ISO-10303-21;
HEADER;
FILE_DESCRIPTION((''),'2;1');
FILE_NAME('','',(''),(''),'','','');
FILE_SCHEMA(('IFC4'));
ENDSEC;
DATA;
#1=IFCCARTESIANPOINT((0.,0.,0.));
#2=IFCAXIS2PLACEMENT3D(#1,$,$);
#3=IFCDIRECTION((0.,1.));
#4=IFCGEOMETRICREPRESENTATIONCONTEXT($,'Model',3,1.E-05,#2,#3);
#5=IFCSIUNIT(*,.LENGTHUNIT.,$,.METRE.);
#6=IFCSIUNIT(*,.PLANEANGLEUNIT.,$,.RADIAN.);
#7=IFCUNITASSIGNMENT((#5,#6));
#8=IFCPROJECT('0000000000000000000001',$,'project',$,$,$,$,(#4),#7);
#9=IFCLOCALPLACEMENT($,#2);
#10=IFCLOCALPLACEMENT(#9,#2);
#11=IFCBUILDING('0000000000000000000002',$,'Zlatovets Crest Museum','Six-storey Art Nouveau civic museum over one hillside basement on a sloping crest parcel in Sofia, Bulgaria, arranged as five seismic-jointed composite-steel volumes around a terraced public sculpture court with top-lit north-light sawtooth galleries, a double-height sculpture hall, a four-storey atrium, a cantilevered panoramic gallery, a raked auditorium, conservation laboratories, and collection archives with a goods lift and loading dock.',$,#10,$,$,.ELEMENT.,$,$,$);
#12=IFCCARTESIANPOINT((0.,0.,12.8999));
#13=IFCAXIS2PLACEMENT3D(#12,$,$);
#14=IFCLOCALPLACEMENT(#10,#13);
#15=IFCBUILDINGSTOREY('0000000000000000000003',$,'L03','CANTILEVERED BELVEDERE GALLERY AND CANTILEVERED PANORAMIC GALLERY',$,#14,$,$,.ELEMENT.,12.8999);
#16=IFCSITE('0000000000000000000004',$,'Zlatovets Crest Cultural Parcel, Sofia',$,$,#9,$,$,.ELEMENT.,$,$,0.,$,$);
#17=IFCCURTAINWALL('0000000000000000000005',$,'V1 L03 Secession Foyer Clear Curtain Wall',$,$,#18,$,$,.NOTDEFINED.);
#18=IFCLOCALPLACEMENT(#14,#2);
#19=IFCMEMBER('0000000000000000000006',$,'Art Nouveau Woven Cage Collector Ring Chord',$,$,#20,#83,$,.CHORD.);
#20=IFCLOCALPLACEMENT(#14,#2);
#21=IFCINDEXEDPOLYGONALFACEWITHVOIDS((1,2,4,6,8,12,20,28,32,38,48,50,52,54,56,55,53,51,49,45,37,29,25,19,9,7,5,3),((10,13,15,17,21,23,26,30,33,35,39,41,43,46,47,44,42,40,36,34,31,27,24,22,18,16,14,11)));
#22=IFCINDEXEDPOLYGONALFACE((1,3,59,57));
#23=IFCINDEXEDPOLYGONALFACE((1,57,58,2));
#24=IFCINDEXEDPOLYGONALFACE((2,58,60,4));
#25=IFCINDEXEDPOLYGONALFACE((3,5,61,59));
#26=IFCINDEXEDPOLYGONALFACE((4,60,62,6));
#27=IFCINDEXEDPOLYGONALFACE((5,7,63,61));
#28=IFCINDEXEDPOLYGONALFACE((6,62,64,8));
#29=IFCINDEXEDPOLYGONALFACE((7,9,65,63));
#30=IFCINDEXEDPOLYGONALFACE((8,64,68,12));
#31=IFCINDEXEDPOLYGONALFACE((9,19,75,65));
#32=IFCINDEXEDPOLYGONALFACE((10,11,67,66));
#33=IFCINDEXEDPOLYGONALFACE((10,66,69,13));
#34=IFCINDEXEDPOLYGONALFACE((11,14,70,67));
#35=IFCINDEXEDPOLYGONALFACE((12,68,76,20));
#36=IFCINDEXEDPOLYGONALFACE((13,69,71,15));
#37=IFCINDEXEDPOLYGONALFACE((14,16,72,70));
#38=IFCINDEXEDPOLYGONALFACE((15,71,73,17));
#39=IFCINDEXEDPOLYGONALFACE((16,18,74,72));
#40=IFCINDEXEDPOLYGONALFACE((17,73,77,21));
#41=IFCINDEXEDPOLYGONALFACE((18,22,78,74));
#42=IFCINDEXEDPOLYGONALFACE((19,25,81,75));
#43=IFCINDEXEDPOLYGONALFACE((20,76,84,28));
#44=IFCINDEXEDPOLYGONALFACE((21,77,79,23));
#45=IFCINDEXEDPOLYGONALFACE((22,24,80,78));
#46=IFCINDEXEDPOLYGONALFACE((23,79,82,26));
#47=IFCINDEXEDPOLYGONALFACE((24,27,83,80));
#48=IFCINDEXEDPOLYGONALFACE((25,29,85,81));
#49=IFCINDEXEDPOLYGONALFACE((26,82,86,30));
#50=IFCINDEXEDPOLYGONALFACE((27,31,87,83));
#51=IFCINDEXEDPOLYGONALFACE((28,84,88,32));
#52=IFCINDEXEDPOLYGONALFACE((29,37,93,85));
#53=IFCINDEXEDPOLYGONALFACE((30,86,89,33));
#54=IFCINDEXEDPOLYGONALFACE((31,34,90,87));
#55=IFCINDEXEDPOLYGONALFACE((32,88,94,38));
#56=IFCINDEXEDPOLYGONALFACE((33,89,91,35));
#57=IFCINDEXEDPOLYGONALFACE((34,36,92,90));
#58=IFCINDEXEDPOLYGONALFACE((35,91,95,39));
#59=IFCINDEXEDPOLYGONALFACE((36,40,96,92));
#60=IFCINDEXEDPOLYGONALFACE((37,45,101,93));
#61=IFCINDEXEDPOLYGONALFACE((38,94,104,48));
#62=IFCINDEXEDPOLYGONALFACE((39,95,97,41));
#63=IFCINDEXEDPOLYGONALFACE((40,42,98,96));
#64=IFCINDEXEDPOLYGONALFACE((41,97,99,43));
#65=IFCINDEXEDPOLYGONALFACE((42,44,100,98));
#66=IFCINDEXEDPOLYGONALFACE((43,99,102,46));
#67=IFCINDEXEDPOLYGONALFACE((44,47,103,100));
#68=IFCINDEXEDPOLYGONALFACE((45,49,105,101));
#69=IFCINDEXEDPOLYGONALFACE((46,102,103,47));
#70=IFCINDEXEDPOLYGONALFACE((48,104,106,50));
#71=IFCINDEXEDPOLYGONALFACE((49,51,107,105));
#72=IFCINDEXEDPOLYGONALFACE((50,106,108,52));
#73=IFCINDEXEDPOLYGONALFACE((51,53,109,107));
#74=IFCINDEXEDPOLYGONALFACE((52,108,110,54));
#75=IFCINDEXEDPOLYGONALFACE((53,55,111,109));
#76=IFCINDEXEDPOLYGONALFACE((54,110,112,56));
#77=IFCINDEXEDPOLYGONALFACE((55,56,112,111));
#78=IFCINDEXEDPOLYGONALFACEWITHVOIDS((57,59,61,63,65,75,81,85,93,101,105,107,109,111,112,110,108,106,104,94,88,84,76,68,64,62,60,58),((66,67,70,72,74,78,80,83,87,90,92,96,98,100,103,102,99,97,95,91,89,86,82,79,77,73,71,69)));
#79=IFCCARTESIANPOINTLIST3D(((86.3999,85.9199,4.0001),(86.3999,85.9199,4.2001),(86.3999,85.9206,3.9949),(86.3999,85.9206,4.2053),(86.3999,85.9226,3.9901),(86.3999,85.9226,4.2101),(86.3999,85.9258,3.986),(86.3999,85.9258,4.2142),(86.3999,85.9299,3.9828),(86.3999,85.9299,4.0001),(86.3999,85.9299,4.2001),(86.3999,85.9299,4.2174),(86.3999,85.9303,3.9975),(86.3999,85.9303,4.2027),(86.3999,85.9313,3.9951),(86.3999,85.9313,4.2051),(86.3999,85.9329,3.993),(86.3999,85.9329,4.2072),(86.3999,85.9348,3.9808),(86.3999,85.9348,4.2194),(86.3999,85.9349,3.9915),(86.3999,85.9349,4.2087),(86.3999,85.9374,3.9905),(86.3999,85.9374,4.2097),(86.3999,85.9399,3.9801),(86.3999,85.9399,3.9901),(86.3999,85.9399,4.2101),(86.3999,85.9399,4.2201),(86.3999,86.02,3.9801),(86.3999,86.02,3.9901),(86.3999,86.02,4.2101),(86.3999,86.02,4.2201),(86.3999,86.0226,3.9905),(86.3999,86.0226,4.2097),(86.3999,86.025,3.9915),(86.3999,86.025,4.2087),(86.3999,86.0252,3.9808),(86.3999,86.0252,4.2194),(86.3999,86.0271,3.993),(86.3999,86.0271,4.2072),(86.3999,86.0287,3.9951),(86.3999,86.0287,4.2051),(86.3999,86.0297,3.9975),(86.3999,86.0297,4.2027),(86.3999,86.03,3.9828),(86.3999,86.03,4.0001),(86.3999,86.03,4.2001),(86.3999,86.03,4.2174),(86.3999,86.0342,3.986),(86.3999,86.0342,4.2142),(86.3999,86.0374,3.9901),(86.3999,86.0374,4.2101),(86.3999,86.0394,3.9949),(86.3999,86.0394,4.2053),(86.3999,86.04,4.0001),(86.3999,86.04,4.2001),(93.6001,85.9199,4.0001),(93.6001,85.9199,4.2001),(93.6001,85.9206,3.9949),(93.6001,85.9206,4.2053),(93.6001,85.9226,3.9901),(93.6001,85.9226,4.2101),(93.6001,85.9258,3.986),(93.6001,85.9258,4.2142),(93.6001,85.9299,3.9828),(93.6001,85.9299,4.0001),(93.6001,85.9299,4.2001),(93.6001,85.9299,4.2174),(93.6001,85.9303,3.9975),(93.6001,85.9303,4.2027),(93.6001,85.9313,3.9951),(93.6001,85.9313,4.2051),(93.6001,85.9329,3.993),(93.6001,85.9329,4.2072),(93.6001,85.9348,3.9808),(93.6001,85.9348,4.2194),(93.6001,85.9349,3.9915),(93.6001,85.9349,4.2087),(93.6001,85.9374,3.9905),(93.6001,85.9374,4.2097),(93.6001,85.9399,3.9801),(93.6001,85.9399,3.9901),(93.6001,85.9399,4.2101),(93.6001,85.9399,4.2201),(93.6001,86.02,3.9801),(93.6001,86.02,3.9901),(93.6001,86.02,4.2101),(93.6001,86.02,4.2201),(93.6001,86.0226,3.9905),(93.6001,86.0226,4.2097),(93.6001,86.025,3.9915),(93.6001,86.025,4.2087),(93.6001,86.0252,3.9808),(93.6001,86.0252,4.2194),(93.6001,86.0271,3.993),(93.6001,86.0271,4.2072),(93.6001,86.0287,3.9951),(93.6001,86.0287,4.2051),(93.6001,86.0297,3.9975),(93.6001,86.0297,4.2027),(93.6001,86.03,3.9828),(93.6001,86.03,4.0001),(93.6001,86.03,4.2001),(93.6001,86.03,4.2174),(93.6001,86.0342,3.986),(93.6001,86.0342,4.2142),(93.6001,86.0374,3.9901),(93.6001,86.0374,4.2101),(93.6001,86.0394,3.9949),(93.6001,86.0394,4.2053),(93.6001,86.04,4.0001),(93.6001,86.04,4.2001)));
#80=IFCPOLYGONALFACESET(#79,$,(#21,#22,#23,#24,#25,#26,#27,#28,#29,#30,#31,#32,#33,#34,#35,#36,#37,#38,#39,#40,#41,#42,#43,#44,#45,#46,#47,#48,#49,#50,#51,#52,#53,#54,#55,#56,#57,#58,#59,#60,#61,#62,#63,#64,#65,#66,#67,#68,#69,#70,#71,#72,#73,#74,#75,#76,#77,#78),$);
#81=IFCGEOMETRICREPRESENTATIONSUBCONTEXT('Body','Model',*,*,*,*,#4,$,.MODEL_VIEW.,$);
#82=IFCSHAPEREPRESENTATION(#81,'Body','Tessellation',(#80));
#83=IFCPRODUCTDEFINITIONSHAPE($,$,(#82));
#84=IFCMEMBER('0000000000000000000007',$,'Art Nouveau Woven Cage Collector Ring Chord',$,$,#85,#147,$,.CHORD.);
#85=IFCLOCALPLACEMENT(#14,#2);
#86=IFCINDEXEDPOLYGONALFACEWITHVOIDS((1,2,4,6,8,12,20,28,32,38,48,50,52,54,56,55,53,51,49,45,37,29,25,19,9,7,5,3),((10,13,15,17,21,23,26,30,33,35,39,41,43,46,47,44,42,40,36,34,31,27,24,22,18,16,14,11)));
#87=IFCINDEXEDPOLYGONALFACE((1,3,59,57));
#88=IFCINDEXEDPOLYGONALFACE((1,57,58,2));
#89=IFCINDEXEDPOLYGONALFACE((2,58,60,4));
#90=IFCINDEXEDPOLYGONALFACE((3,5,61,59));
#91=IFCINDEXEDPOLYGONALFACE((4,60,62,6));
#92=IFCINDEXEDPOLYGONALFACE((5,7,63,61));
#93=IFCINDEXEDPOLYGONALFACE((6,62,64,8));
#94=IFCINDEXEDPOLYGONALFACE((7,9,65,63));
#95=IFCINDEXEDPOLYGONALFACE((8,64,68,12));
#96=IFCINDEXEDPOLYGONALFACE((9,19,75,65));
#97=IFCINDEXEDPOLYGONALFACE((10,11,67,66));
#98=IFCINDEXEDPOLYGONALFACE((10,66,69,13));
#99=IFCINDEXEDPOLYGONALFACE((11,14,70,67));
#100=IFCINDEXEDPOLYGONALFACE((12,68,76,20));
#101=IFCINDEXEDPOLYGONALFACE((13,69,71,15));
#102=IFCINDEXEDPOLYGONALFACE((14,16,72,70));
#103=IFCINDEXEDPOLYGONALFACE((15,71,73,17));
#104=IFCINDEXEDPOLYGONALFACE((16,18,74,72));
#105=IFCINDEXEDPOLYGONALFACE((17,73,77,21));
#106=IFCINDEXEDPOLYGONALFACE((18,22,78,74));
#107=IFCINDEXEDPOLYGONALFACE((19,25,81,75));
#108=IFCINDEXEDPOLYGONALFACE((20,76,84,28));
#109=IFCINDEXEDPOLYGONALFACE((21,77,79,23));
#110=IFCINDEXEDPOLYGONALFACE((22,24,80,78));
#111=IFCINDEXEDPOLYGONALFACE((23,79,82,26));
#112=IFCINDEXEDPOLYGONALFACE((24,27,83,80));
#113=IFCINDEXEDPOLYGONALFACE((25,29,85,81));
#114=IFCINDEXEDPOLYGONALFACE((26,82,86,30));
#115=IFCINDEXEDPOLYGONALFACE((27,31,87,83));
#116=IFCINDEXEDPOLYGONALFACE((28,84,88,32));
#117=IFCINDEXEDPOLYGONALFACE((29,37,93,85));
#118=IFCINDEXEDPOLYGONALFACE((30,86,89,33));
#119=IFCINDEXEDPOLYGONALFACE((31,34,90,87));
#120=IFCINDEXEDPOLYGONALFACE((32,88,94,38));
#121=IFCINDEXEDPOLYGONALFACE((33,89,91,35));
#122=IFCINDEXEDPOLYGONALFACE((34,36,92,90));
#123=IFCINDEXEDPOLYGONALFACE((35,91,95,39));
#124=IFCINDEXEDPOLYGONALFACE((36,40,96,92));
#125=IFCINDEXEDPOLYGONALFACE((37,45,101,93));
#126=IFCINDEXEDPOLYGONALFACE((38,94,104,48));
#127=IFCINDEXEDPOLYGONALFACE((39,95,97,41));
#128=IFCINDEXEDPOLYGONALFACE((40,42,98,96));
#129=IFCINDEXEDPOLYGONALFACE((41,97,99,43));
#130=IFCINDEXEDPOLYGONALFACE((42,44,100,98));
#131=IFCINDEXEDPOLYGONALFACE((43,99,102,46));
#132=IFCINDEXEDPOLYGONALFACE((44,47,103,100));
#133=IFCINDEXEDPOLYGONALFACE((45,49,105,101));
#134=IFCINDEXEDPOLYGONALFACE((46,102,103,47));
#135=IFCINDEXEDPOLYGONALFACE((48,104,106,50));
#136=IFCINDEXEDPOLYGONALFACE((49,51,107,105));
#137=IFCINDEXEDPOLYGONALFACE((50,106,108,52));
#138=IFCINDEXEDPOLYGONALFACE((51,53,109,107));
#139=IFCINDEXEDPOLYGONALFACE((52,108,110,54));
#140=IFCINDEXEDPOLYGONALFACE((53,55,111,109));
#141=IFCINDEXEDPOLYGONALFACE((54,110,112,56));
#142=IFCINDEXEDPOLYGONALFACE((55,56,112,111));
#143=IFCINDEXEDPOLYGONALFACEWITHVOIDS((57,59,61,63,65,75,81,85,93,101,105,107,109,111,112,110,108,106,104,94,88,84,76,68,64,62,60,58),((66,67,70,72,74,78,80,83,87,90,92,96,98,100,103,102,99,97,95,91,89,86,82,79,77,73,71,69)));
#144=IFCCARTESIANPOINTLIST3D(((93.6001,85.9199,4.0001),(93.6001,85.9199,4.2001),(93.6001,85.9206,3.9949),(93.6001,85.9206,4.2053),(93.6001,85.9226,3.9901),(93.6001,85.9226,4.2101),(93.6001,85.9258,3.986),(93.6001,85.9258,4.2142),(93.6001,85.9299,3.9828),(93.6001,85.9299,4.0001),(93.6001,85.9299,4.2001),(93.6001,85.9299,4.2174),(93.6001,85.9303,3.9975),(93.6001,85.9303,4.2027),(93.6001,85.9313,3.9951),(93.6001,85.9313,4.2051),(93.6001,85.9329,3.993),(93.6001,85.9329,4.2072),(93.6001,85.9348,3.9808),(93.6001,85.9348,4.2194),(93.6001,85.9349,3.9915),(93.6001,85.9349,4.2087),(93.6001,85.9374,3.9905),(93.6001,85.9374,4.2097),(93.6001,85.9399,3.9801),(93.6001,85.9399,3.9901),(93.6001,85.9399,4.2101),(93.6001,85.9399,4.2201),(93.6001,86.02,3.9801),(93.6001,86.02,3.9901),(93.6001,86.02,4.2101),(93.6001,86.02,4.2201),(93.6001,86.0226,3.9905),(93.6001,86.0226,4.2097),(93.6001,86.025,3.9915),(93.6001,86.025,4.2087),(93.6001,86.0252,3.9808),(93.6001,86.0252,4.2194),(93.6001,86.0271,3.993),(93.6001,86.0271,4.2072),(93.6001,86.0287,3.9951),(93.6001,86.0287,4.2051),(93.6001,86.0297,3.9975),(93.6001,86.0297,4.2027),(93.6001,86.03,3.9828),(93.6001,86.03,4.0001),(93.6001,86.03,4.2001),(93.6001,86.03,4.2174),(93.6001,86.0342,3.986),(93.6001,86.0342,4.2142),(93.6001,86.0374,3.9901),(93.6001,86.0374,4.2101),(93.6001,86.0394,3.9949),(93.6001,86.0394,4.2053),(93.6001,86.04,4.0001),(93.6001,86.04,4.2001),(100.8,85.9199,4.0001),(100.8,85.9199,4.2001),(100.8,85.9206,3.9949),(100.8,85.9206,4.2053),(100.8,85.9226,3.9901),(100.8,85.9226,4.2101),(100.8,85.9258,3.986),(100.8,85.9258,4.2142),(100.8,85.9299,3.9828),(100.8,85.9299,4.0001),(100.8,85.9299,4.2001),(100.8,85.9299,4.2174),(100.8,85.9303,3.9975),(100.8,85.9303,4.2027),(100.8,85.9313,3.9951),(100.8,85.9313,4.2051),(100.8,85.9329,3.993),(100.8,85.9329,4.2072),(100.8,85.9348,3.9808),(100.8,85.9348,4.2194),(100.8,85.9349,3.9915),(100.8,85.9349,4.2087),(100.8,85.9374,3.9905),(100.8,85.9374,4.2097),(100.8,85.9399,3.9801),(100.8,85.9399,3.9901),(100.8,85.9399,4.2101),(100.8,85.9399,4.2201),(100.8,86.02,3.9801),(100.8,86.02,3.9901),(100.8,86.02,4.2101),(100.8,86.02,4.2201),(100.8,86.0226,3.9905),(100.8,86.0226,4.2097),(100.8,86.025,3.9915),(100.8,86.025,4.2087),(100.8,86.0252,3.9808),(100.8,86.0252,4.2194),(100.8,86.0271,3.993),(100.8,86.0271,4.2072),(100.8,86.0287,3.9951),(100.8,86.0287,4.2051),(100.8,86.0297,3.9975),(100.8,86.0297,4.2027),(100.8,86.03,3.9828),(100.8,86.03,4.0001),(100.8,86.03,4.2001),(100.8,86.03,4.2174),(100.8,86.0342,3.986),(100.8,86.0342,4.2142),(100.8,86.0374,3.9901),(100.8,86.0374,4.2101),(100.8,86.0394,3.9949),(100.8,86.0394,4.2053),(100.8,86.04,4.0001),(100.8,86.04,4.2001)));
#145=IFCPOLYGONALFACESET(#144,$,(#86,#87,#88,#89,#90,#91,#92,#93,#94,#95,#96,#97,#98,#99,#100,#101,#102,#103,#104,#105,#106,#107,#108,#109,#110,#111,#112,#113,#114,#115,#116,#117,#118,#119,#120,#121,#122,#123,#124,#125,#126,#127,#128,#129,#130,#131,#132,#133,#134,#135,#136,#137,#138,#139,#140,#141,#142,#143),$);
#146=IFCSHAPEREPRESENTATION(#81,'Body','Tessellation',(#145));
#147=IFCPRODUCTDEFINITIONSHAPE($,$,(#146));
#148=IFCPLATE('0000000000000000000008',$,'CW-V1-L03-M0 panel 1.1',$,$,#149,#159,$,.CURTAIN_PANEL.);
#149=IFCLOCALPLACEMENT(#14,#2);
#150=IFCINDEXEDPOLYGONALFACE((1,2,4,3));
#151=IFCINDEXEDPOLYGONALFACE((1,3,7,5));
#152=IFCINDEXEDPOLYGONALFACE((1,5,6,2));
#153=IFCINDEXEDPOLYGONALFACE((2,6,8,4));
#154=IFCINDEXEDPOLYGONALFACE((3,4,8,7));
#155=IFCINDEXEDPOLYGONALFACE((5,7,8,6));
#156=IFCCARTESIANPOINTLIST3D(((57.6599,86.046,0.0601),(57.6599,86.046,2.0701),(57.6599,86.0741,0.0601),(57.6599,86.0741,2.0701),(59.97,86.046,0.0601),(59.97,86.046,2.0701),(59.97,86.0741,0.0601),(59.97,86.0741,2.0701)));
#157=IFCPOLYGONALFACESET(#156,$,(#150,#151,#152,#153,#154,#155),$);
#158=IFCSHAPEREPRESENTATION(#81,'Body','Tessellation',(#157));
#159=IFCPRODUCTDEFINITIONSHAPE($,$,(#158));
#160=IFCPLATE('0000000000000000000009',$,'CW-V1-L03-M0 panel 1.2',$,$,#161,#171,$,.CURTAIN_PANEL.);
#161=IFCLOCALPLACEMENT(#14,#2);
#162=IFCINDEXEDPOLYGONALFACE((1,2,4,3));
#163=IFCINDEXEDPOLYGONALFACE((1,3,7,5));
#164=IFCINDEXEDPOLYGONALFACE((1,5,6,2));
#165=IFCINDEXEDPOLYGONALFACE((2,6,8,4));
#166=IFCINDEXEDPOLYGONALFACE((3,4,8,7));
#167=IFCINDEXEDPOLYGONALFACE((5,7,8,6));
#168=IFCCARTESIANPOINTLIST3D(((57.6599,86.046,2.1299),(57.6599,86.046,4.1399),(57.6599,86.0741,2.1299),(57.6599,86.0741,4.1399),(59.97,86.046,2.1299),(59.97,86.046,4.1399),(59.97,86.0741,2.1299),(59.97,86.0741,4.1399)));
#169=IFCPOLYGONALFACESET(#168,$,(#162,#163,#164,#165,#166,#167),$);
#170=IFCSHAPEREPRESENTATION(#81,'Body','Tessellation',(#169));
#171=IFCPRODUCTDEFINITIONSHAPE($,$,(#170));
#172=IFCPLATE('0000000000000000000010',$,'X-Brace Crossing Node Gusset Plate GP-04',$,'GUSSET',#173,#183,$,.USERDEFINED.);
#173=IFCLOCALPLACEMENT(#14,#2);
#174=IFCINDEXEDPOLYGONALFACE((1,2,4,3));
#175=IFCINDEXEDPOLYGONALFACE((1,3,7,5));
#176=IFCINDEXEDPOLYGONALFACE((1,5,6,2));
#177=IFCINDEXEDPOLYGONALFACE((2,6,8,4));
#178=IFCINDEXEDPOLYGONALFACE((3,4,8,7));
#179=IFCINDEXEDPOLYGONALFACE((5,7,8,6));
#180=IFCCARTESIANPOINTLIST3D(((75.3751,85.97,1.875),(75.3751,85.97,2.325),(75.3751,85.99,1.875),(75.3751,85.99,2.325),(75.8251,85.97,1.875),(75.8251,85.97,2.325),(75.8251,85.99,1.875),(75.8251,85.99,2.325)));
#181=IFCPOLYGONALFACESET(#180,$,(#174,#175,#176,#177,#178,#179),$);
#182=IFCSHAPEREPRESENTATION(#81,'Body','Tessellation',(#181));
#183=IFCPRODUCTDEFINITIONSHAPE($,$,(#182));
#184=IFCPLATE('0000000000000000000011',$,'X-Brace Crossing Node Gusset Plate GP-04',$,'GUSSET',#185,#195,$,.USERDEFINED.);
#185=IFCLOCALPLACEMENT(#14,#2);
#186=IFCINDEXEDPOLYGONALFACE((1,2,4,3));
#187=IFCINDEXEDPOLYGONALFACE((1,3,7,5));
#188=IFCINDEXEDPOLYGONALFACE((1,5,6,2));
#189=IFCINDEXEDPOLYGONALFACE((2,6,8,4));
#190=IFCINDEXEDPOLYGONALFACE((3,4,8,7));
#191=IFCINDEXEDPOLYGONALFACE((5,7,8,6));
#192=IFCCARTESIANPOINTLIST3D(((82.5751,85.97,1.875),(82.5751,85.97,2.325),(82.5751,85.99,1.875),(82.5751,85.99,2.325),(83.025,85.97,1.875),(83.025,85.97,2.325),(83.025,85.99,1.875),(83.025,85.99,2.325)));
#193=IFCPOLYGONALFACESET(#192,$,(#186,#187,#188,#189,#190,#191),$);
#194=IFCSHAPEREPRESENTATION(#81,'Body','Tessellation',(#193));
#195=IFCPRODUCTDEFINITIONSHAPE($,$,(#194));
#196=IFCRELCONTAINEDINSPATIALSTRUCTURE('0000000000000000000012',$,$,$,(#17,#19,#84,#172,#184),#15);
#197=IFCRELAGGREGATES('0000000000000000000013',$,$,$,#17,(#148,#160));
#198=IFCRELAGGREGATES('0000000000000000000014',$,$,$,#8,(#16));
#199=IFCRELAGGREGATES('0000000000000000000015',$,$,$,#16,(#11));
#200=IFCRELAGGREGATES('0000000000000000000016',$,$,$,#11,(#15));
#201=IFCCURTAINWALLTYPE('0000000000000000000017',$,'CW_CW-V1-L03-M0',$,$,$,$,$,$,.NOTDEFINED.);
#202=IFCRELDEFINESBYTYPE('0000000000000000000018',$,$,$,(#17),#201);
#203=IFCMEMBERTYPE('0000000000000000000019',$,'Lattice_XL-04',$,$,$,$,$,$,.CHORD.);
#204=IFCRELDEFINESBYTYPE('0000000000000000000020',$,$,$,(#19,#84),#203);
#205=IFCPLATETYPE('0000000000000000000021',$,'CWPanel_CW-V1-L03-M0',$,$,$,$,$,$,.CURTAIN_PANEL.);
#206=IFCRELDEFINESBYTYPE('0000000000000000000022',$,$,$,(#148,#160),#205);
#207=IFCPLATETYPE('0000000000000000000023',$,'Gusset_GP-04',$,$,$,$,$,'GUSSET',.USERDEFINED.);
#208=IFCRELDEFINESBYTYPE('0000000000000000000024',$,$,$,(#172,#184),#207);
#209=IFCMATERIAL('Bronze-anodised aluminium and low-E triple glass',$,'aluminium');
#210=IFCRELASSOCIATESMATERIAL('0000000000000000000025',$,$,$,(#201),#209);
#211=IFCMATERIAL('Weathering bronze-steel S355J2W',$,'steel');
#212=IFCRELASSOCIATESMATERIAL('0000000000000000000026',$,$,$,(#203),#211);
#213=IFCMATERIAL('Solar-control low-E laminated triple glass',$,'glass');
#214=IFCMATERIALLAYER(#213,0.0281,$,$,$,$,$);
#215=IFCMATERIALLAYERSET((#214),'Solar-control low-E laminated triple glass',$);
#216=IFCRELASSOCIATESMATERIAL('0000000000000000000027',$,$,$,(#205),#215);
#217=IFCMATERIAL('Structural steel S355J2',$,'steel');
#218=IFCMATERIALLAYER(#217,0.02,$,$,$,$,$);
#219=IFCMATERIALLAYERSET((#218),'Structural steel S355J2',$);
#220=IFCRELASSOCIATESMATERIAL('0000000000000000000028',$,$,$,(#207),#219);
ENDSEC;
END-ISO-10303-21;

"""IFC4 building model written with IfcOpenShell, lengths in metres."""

from ifc_helpers import new_model, si_unit, direction, frame, origin, origin_2d, place, context, subcontext, project, spatial, rectangle, hollow_rectangle, extrude, material, layer, layer_set, material_profile, profile_set, type_object, element, aggregate, save


model = new_model("IFC4")

# Units and contexts
model_context = context("Model", 3, precision=1e-05, world=origin(), true_north=direction((0.0, 1.0)))
body_context = subcontext(model_context, "Body", "Model", "MODEL_VIEW")
ifc_project = project(units=[si_unit("LENGTHUNIT", "METRE"), si_unit("PLANEANGLEUNIT", "RADIAN")], contexts=[model_context])

# Site, building, storey
site_placement = place(None, origin())
site = spatial("IfcSite", under=ifc_project, at=site_placement, Name="Zlatovets Crest Cultural Parcel, Sofia", CompositionType="ELEMENT", RefElevation=0.0)
building_placement = place(site_placement, origin())
building = spatial("IfcBuilding", under=site, at=building_placement, Name="Zlatovets Crest Museum", Description="Six-storey Art Nouveau civic museum over one hillside basement on a sloping crest parcel in Sofia, Bulgaria, arranged as five seismic-jointed composite-steel volumes around a terraced public sculpture court with top-lit north-light sawtooth galleries, a double-height sculpture hall, a four-storey atrium, a cantilevered panoramic gallery, a raked auditorium, conservation laboratories, and collection archives with a goods lift and loading dock.", CompositionType="ELEMENT")
storey_placement = place(building_placement, frame((0.0, 0.0, 12.8999)))
storey = spatial("IfcBuildingStorey", under=building, at=storey_placement, Name="L03", Description="CANTILEVERED BELVEDERE GALLERY AND CANTILEVERED PANORAMIC GALLERY", CompositionType="ELEMENT", Elevation=12.8999)

# Curtain wall
ifc_material_1 = material(Name="Bronze-anodised aluminium and low-E triple glass", Category="aluminium")
curtain_wall_type = type_object("IfcCurtainWallType", Name="CW_CW-V1-L03-M0", PredefinedType="NOTDEFINED", material=ifc_material_1)
curtain_wall_placement = place(storey_placement, origin())
curtain_wall = element("IfcCurtainWall", 1, at=curtain_wall_placement, inside=storey, type_object=curtain_wall_type, Name="V1 L03 Secession Foyer Clear Curtain Wall", PredefinedType="NOTDEFINED")

# Members
ifc_material_2 = material(Name="Weathering bronze-steel S355J2W", Category="steel")
ifc_material_profile_1 = material_profile(ifc_material_2, hollow_rectangle(XDim=0.1201, YDim=0.24, WallThickness=0.01, InnerFilletRadius=0.01, OuterFilletRadius=0.02, at=origin_2d()), Name="RHS 120x240x10.0")
ifc_profile_set_1 = profile_set([ifc_material_profile_1], Name="Weathering bronze-steel S355J2W")
member_type_1 = type_object("IfcMemberType", Name="Lattice_XL-04", PredefinedType="CHORD", material=ifc_profile_set_1)
member_1_placement = place(storey_placement, frame((86.3999, 85.98, 4.1001), z_axis=(1.0, 0.0, 0.0), x_axis=(0.0, 1.0, 0.0)))
element("IfcMember", 2, at=member_1_placement, inside=storey, type_object=member_type_1, Name="Art Nouveau Woven Cage Collector Ring Chord", PredefinedType="CHORD", context=body_context, shape_type="SweptSolid", body=[
    extrude(hollow_rectangle(XDim=0.1201, YDim=0.24, WallThickness=0.01, InnerFilletRadius=0.01, OuterFilletRadius=0.02, at=origin_2d()), origin(), (0.0, 0.0, 1.0), 7.2002),
])
member_2_placement = place(storey_placement, frame((93.6001, 85.98, 4.1001), z_axis=(1.0, 0.0, 0.0), x_axis=(0.0, 1.0, 0.0)))
element("IfcMember", 3, at=member_2_placement, inside=storey, type_object=member_type_1, Name="Art Nouveau Woven Cage Collector Ring Chord", PredefinedType="CHORD", context=body_context, shape_type="SweptSolid", body=[
    extrude(hollow_rectangle(XDim=0.1201, YDim=0.24, WallThickness=0.01, InnerFilletRadius=0.01, OuterFilletRadius=0.02, at=origin_2d()), origin(), (0.0, 0.0, 1.0), 7.2),
])

# Plates
ifc_material_3 = material(Name="Solar-control low-E laminated triple glass", Category="glass")
ifc_layer_1 = layer(ifc_material_3, 0.0281)
ifc_layer_set_1 = layer_set([ifc_layer_1], Name="Solar-control low-E laminated triple glass")
plate_type_1 = type_object("IfcPlateType", Name="CWPanel_CW-V1-L03-M0", PredefinedType="CURTAIN_PANEL", material=ifc_layer_set_1)
plate_1_placement = place(storey_placement, frame((58.8149, 86.0601, 0.0601), z_axis=(0.0, 0.0, 1.0), x_axis=(1.0, 0.0, 0.0)))
plate_1 = element("IfcPlate", 4, at=plate_1_placement, type_object=plate_type_1, Name="CW-V1-L03-M0 panel 1.1", PredefinedType="CURTAIN_PANEL", context=body_context, shape_type="SweptSolid", body=[
    extrude(rectangle(XDim=2.3101, YDim=0.0281, at=origin_2d()), origin(), (0.0, 0.0, 1.0), 2.01),
])
plate_2_placement = place(storey_placement, frame((58.8149, 86.0601, 2.1299), z_axis=(0.0, 0.0, 1.0), x_axis=(1.0, 0.0, 0.0)))
plate_2 = element("IfcPlate", 5, at=plate_2_placement, type_object=plate_type_1, Name="CW-V1-L03-M0 panel 1.2", PredefinedType="CURTAIN_PANEL", context=body_context, shape_type="SweptSolid", body=[
    extrude(rectangle(XDim=2.3101, YDim=0.0281, at=origin_2d()), origin(), (0.0, 0.0, 1.0), 2.01),
])
aggregate(curtain_wall, [plate_1, plate_2])

# Plates
ifc_material_4 = material(Name="Structural steel S355J2", Category="steel")
ifc_layer_2 = layer(ifc_material_4, 0.02)
ifc_layer_set_2 = layer_set([ifc_layer_2], Name="Structural steel S355J2")
plate_type_2 = type_object("IfcPlateType", Name="Gusset_GP-04", ElementType="GUSSET", PredefinedType="USERDEFINED", material=ifc_layer_set_2)
for number, where, z_axis, x_axis, name in (
    (6, (75.6001, 85.98, 1.875), (0.0, 0.0, 1.0), (1.0, 0.0, 0.0), "X-Brace Crossing Node Gusset Plate GP-04"),
    (7, (82.8, 85.98, 1.875), (0.0, 0.0, 1.0), (1.0, 0.0, 0.0), "X-Brace Crossing Node Gusset Plate GP-04"),
):
    element("IfcPlate", number, at=place(storey_placement, frame(where, z_axis=z_axis, x_axis=x_axis)), inside=storey, type_object=plate_type_2, Name=name, ObjectType="GUSSET", PredefinedType="USERDEFINED", context=body_context, shape_type="SweptSolid", body=[
        extrude(rectangle(XDim=0.45, YDim=0.02, at=origin_2d()), origin(), (0.0, 0.0, 1.0), 0.45),
    ])

save(model, "model.ifc")
